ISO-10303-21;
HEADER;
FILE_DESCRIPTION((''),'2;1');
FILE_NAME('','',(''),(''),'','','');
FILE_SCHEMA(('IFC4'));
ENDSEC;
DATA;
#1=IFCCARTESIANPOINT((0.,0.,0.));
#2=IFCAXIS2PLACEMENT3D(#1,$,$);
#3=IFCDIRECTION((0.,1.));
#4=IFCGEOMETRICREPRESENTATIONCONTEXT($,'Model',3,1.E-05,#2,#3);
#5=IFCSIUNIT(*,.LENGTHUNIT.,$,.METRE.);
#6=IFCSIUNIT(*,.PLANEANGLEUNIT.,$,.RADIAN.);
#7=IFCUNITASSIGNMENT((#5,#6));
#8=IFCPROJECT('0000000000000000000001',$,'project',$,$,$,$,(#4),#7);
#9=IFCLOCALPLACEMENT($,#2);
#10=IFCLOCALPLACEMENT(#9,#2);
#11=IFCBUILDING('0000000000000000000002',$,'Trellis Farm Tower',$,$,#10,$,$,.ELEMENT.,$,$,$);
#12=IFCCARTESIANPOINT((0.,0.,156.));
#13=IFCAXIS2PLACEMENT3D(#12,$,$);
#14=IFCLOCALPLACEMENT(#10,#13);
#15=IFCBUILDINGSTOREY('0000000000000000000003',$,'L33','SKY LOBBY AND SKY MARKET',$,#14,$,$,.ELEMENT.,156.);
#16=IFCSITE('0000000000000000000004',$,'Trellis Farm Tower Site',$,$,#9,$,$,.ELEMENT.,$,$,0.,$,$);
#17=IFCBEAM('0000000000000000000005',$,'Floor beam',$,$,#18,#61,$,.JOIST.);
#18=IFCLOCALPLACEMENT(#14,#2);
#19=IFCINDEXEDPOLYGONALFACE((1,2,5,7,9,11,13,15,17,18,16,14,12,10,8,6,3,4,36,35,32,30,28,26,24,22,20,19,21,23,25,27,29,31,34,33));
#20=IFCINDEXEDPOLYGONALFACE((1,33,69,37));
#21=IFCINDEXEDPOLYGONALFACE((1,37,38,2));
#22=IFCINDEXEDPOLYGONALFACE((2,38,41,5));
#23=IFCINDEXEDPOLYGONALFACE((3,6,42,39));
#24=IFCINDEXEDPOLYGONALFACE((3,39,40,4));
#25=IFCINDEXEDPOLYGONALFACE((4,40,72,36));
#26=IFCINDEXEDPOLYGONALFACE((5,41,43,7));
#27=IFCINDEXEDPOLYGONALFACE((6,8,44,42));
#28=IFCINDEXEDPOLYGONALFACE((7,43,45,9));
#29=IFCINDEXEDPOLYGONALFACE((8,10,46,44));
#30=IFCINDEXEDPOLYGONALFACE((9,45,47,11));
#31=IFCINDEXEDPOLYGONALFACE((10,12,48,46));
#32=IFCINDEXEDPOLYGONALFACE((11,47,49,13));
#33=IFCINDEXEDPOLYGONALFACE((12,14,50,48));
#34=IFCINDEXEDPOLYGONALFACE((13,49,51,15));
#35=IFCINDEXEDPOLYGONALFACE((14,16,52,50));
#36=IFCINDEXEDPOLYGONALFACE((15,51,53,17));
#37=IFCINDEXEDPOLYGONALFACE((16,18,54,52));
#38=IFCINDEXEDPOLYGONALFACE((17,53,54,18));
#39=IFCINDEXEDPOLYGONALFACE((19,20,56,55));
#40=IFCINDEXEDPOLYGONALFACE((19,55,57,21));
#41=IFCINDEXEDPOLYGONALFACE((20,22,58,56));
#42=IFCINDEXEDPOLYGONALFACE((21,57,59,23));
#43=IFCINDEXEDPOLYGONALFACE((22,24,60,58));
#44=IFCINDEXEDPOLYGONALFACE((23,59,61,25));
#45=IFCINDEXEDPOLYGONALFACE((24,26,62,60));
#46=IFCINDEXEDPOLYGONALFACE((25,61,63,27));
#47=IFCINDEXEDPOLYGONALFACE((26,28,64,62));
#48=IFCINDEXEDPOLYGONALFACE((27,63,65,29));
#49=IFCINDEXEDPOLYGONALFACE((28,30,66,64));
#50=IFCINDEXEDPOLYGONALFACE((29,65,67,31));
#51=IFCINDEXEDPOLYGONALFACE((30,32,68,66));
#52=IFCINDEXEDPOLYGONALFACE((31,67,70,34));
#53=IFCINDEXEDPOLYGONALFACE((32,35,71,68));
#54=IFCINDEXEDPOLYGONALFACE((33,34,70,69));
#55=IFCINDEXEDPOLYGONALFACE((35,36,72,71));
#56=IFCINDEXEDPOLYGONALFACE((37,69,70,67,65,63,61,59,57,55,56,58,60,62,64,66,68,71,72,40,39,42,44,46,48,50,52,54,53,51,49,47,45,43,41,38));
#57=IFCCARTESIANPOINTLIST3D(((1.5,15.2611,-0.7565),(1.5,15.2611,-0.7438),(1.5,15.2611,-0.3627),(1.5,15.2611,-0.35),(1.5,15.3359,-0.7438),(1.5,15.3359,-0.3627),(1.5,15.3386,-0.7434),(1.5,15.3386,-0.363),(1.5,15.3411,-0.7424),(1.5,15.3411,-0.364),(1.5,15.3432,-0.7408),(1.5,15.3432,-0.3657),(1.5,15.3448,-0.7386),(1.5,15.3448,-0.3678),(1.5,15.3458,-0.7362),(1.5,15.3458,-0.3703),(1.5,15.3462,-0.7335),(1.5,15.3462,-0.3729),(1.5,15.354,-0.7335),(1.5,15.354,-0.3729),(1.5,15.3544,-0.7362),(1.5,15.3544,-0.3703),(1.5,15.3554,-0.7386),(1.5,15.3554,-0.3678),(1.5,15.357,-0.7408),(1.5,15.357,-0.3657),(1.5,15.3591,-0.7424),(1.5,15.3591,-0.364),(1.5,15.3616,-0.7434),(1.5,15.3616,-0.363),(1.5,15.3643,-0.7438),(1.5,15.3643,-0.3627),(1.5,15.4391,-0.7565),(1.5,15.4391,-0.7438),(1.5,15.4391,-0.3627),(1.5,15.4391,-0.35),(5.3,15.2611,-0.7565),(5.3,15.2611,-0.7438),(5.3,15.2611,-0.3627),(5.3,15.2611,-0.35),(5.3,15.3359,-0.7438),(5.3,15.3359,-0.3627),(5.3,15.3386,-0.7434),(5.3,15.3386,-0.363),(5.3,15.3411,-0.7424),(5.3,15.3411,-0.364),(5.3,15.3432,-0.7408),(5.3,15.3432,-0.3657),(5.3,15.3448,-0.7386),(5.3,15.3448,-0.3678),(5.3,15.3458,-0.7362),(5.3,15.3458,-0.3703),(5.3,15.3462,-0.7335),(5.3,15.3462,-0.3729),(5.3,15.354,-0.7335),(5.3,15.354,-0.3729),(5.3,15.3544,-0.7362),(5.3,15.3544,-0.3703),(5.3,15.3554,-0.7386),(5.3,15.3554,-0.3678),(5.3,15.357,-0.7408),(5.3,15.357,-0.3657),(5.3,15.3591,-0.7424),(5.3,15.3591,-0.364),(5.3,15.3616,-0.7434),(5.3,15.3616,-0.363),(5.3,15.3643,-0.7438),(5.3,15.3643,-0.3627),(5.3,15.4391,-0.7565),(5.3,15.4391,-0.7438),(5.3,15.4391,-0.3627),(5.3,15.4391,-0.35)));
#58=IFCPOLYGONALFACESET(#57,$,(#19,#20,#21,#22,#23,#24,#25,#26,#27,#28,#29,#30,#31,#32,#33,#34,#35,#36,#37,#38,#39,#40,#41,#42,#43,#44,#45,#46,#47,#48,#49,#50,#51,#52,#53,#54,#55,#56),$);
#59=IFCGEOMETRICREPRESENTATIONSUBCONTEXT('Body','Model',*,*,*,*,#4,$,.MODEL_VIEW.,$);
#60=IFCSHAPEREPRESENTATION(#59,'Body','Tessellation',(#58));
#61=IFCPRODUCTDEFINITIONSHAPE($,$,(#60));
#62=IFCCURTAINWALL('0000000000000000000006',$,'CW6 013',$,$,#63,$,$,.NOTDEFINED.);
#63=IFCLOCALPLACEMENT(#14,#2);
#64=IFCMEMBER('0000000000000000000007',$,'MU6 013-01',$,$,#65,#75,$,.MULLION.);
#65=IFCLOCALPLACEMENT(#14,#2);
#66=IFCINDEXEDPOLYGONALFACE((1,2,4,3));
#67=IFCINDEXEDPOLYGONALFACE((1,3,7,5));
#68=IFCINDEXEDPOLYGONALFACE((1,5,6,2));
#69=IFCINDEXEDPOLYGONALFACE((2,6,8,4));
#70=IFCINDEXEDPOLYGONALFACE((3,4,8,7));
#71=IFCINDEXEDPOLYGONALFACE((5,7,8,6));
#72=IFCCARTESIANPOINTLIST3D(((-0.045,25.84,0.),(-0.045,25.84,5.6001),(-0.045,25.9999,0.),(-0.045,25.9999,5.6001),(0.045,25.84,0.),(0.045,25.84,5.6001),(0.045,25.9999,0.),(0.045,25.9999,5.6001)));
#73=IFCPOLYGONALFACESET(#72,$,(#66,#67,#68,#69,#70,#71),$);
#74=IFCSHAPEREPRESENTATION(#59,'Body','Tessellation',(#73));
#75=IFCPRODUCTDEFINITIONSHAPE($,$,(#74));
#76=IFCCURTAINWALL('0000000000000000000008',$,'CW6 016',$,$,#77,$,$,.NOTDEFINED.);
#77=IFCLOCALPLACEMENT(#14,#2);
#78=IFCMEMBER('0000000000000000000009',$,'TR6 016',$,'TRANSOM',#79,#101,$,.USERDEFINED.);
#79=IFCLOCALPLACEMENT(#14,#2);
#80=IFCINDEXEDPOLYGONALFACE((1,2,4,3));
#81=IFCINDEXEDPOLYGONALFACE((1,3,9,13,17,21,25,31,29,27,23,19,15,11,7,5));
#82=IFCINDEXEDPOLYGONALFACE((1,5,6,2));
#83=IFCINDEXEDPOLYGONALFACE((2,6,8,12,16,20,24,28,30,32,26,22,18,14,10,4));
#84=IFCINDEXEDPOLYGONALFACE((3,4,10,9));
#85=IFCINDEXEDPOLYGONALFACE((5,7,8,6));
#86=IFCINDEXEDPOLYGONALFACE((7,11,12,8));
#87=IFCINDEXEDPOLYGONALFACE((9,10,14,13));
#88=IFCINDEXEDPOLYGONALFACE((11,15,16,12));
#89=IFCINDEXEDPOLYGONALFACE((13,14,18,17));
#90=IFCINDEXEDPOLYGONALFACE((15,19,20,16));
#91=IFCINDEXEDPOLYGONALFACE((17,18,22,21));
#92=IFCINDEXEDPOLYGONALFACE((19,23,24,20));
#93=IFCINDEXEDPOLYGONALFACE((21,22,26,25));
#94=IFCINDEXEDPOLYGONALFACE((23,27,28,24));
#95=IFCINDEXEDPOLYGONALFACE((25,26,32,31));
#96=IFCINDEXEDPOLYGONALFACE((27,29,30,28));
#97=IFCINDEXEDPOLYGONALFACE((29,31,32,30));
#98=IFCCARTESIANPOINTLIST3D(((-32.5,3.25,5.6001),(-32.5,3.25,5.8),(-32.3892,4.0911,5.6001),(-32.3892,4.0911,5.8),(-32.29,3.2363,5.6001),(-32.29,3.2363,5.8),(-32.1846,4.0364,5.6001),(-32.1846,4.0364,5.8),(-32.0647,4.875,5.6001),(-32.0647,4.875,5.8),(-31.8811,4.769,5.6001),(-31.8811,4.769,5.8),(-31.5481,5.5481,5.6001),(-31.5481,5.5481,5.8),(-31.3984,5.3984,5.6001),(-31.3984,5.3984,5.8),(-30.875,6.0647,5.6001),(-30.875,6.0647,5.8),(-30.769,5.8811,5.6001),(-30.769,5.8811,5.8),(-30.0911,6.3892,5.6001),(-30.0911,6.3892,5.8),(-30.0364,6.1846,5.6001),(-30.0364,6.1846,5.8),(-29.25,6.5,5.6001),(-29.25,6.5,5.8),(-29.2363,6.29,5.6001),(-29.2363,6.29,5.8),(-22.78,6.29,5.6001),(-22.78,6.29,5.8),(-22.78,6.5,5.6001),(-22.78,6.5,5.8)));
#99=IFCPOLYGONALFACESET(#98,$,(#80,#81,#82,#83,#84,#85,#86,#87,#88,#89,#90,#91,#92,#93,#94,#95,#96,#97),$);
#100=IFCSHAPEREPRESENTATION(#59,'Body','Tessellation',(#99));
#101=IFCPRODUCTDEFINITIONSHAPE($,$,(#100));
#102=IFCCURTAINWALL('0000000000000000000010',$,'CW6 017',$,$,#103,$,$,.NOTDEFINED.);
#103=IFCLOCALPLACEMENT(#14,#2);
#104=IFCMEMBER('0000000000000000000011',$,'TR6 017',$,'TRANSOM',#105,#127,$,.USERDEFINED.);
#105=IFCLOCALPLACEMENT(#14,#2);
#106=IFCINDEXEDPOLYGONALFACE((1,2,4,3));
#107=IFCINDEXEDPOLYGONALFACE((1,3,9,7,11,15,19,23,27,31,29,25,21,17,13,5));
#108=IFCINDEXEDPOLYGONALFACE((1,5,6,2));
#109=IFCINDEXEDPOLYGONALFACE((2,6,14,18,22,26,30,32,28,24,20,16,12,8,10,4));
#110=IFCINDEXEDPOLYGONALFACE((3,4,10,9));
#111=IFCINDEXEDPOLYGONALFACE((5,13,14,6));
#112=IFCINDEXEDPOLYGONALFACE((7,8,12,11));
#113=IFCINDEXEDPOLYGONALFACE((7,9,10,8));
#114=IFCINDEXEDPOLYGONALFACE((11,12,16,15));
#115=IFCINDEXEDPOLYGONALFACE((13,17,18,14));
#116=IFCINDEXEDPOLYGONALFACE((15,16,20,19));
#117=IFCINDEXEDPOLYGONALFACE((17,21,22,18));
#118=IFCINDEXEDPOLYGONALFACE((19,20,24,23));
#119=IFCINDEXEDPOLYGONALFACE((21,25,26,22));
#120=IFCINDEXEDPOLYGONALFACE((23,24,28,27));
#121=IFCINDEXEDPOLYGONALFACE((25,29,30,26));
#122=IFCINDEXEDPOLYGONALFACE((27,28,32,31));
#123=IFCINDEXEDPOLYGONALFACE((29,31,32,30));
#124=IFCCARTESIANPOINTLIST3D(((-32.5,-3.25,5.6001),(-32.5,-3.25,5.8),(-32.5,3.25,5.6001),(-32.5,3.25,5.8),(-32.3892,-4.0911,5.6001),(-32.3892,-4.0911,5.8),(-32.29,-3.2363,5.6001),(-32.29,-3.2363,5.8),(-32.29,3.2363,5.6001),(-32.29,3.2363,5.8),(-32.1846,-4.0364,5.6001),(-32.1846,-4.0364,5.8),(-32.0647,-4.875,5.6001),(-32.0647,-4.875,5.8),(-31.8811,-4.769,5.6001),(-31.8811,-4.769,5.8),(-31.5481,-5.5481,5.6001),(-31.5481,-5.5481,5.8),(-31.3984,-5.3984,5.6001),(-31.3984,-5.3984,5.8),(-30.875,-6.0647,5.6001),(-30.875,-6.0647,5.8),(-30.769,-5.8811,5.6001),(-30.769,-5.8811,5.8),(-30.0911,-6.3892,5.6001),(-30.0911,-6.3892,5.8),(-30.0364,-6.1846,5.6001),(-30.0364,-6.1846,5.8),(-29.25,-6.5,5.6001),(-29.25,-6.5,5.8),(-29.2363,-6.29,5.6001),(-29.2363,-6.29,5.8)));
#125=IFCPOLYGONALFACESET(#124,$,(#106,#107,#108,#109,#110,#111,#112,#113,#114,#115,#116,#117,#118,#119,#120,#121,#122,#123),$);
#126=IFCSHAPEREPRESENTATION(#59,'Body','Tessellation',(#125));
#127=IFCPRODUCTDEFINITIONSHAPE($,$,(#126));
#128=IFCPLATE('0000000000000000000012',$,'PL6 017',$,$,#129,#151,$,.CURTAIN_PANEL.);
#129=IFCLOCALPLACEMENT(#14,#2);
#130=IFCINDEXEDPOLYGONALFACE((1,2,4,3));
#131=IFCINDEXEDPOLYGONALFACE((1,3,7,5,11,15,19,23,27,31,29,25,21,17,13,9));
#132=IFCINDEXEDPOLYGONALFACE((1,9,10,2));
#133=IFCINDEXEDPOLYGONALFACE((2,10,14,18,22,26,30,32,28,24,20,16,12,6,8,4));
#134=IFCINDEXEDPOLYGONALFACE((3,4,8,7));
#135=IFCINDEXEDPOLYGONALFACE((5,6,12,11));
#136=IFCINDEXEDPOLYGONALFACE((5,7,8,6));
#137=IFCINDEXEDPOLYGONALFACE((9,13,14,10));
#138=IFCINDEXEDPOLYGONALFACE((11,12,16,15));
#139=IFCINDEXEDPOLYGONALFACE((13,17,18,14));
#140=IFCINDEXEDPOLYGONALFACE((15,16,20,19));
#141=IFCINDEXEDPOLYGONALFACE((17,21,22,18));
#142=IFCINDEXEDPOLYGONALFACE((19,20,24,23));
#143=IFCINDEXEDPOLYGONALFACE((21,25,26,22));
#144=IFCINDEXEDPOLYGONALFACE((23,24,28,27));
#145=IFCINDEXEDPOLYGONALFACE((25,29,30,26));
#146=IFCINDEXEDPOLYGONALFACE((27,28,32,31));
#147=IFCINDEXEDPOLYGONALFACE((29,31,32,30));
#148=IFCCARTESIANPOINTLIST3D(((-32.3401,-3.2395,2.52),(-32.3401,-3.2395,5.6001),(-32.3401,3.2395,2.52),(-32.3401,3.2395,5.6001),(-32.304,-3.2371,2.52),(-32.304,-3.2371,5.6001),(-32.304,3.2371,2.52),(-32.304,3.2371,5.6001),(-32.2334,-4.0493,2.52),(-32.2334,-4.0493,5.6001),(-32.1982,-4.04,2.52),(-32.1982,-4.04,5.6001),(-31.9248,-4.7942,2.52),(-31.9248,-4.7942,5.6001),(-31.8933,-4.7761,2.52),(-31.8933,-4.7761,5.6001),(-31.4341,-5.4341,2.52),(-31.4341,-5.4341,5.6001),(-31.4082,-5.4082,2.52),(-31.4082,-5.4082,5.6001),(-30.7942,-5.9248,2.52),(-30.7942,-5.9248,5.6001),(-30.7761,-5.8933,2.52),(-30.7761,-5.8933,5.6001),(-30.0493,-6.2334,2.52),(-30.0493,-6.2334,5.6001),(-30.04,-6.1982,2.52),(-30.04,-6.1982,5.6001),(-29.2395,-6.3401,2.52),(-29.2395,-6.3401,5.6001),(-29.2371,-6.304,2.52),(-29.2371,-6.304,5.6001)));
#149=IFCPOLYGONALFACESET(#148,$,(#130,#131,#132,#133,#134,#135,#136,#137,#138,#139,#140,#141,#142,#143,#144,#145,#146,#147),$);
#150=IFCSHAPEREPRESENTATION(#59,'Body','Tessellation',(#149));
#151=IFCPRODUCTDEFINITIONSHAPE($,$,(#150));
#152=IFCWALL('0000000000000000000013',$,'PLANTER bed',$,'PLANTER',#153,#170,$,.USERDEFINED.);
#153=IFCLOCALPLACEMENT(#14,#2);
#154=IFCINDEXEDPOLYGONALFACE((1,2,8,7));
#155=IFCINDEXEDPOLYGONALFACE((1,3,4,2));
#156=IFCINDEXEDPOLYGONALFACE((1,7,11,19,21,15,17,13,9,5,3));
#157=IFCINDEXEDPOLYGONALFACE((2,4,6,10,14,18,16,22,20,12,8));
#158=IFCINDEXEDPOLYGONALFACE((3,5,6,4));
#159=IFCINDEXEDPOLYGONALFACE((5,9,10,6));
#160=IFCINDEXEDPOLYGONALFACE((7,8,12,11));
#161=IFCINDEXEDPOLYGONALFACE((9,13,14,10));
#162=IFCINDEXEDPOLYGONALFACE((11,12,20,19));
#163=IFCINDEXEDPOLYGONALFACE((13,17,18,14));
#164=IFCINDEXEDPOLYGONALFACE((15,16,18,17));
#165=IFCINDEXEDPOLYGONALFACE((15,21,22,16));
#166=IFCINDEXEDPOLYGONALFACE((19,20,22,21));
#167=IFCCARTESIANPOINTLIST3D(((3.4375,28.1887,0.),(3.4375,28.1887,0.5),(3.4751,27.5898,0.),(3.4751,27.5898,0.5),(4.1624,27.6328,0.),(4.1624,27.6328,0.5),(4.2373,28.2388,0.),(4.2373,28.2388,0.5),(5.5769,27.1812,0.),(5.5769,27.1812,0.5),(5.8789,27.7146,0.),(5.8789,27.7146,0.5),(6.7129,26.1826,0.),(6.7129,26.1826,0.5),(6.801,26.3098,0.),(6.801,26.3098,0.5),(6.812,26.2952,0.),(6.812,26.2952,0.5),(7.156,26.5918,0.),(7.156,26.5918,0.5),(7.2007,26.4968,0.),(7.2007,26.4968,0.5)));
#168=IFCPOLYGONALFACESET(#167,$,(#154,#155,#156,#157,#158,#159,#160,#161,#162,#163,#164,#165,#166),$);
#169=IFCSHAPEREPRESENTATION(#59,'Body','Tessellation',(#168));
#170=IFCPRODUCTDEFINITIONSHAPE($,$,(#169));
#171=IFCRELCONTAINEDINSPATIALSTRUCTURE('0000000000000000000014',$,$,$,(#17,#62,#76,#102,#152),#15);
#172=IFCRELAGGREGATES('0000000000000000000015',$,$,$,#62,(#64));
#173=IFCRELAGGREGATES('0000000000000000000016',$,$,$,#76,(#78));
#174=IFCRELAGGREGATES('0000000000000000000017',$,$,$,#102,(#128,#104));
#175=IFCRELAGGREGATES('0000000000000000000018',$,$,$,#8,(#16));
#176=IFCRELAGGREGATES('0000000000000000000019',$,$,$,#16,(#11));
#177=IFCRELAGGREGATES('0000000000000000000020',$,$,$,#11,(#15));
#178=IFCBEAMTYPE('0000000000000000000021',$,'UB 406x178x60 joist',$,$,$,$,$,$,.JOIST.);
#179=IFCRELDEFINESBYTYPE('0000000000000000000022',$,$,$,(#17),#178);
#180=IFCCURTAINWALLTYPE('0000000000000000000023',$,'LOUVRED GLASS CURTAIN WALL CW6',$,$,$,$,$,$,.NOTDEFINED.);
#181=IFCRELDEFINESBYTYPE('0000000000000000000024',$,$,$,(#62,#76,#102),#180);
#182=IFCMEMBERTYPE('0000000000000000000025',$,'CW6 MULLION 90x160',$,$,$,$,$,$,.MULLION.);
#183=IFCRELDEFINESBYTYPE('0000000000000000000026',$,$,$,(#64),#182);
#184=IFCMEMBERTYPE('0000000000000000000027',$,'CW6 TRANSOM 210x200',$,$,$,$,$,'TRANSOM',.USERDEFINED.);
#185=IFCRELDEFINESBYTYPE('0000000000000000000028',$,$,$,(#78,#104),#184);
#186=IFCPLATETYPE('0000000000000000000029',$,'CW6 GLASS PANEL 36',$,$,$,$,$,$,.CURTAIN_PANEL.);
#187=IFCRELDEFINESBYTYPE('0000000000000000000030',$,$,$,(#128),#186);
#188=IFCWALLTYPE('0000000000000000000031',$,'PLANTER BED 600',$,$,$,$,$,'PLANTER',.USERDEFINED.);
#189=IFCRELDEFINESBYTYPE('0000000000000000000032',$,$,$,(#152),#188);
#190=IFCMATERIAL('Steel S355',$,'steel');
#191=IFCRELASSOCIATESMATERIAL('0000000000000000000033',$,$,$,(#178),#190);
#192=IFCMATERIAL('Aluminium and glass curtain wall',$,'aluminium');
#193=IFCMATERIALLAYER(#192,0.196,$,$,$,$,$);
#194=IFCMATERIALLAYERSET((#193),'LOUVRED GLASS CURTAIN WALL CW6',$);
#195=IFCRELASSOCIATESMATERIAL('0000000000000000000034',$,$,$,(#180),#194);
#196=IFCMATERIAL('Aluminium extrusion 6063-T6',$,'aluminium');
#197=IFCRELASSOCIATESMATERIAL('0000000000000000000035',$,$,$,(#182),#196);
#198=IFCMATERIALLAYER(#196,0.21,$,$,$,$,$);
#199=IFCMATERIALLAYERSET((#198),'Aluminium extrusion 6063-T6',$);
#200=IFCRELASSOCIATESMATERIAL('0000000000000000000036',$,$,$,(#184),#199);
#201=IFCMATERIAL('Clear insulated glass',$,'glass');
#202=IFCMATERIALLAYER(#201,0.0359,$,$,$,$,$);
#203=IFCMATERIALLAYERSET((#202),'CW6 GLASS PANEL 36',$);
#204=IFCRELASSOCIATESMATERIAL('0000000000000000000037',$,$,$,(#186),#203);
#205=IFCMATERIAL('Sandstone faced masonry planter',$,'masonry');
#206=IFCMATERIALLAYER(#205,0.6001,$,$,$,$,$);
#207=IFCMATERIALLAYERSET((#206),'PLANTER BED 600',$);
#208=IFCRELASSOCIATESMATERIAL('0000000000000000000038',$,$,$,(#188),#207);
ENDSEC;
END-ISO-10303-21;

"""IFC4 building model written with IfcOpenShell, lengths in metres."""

from ifc_helpers import new_model, si_unit, direction, frame, origin, origin_2d, place, context, subcontext, project, spatial, polyline, rectangle, i_section, outline, extrude, source, transform, mapped, material, layer, layer_set, material_profile, profile_set, type_object, element, aggregate, save


model = new_model("IFC4")

# Units and contexts
model_context = context("Model", 3, precision=1e-05, world=origin(), true_north=direction((0.0, 1.0)))
body_context = subcontext(model_context, "Body", "Model", "MODEL_VIEW")
ifc_project = project(units=[si_unit("LENGTHUNIT", "METRE"), si_unit("PLANEANGLEUNIT", "RADIAN")], contexts=[model_context])

# Site, building, storey
site_placement = place(None, origin())
site = spatial("IfcSite", under=ifc_project, at=site_placement, Name="Trellis Farm Tower Site", CompositionType="ELEMENT", RefElevation=0.0)
building_placement = place(site_placement, origin())
building = spatial("IfcBuilding", under=site, at=building_placement, Name="Trellis Farm Tower", CompositionType="ELEMENT")
storey_placement = place(building_placement, frame((0.0, 0.0, 156.0)))
storey = spatial("IfcBuildingStorey", under=building, at=storey_placement, Name="L33", Description="SKY LOBBY AND SKY MARKET", CompositionType="ELEMENT", Elevation=156.0)

# Beam
ifc_material_1 = material(Name="Steel S355", Category="steel")
ifc_material_profile_1 = material_profile(ifc_material_1, i_section(OverallWidth=0.178, OverallDepth=0.4065, WebThickness=0.0078, FlangeThickness=0.0127, FilletRadius=0.0103, at=origin_2d()), Name="UB 406x178x60")
ifc_profile_set_1 = profile_set([ifc_material_profile_1], Name="Steel S355")
beam_type = type_object("IfcBeamType", Name="UB 406x178x60 joist", PredefinedType="JOIST", material=ifc_profile_set_1)
shared_shape_1 = source(origin(), body_context, "Body", "SweptSolid", [
    extrude(i_section(OverallWidth=0.178, OverallDepth=0.4065, WebThickness=0.0078, FlangeThickness=0.0127, FilletRadius=0.0103, at=origin_2d()), origin(), (0.0, 0.0, 1.0), 3.8),
])
beam_placement = place(storey_placement, frame((1.5, 15.3501, -0.5532), z_axis=(1.0, 0.0, 0.0), x_axis=(0.0, 1.0, 0.0)))
element("IfcBeam", 1, at=beam_placement, inside=storey, type_object=beam_type, Name="Floor beam", PredefinedType="JOIST", context=body_context, shape_type="MappedRepresentation", body=[
    mapped(shared_shape_1, transform((0.0, 0.0, 0.0))),
])

# Curtain walls, members
ifc_material_2 = material(Name="Aluminium and glass curtain wall", Category="aluminium")
ifc_layer_1 = layer(ifc_material_2, 0.196)
ifc_layer_set_1 = layer_set([ifc_layer_1], Name="LOUVRED GLASS CURTAIN WALL CW6")
curtain_wall_type = type_object("IfcCurtainWallType", Name="LOUVRED GLASS CURTAIN WALL CW6", PredefinedType="NOTDEFINED", material=ifc_layer_set_1)
placement_1 = place(storey_placement, origin())
curtain_wall_1 = element("IfcCurtainWall", 2, at=placement_1, inside=storey, type_object=curtain_wall_type, Name="CW6 013", PredefinedType="NOTDEFINED")
ifc_material_3 = material(Name="Aluminium extrusion 6063-T6", Category="aluminium")
ifc_material_profile_2 = material_profile(ifc_material_3, rectangle(XDim=0.0901, YDim=0.1599, at=origin_2d()), Name="MULLION 90x160")
ifc_profile_set_2 = profile_set([ifc_material_profile_2], Name="Aluminium extrusion 6063-T6")
member_type_1 = type_object("IfcMemberType", Name="CW6 MULLION 90x160", PredefinedType="MULLION", material=ifc_profile_set_2)
shared_shape_2 = source(origin(), body_context, "Body", "SweptSolid", [
    extrude(rectangle(XDim=0.0901, YDim=0.1599, at=origin_2d()), origin(), (0.0, 0.0, 1.0), 5.6001),
])
member_1_placement = place(storey_placement, frame((0.0, 25.9199, 0.0), z_axis=(0.0, 0.0, 1.0), x_axis=(-1.0, 0.0, 0.0)))
member_1 = element("IfcMember", 3, at=member_1_placement, type_object=member_type_1, Name="MU6 013-01", PredefinedType="MULLION", context=body_context, shape_type="MappedRepresentation", body=[
    mapped(shared_shape_2, transform((0.0, 0.0, 0.0))),
])
aggregate(curtain_wall_1, [member_1])
curtain_wall_2 = element("IfcCurtainWall", 4, at=placement_1, inside=storey, type_object=curtain_wall_type, Name="CW6 016", PredefinedType="NOTDEFINED")
ifc_layer_2 = layer(ifc_material_3, 0.21)
ifc_layer_set_2 = layer_set([ifc_layer_2], Name="Aluminium extrusion 6063-T6")
member_type_2 = type_object("IfcMemberType", Name="CW6 TRANSOM 210x200", ElementType="TRANSOM", PredefinedType="USERDEFINED", material=ifc_layer_set_2)
shared_shape_3 = source(origin(), body_context, "Body", "SweptSolid", [
    extrude(outline(polyline([(-22.78, 6.5), (-29.25, 6.5), (-30.0911, 6.3892), (-30.875, 6.0647), (-31.5481, 5.5481), (-32.0647, 4.875), (-32.3892, 4.0911), (-32.5, 3.25), (-32.29, 3.2363), (-32.1846, 4.0364), (-31.8811, 4.769), (-31.3984, 5.3984), (-30.769, 5.8811), (-30.0364, 6.1846), (-29.2363, 6.29), (-22.78, 6.29), (-22.78, 6.5)])), origin(), (0.0, 0.0, 1.0), 0.2),
])
placement_2 = place(storey_placement, frame((0.0, 0.0, 5.6001)))
member_2 = element("IfcMember", 5, at=placement_2, type_object=member_type_2, Name="TR6 016", ObjectType="TRANSOM", PredefinedType="USERDEFINED", context=body_context, shape_type="MappedRepresentation", body=[
    mapped(shared_shape_3, transform((0.0, 0.0, 0.0))),
])

# Curtain wall, member, plate
curtain_wall_3 = element("IfcCurtainWall", 6, at=placement_1, inside=storey, type_object=curtain_wall_type, Name="CW6 017", PredefinedType="NOTDEFINED")
shared_shape_4 = source(origin(), body_context, "Body", "SweptSolid", [
    extrude(outline(polyline([(-32.5, 3.25), (-32.5, -3.25), (-32.3892, -4.0911), (-32.0647, -4.875), (-31.5481, -5.5481), (-30.875, -6.0647), (-30.0911, -6.3892), (-29.25, -6.5), (-29.2363, -6.29), (-30.0364, -6.1846), (-30.769, -5.8811), (-31.3984, -5.3984), (-31.8811, -4.769), (-32.1846, -4.0364), (-32.29, -3.2363), (-32.29, 3.2363), (-32.5, 3.25)])), origin(), (0.0, 0.0, 1.0), 0.2),
])
member_3 = element("IfcMember", 7, at=placement_2, type_object=member_type_2, Name="TR6 017", ObjectType="TRANSOM", PredefinedType="USERDEFINED", context=body_context, shape_type="MappedRepresentation", body=[
    mapped(shared_shape_4, transform((0.0, 0.0, 0.0))),
])
ifc_material_4 = material(Name="Clear insulated glass", Category="glass")
ifc_layer_3 = layer(ifc_material_4, 0.0359)
ifc_layer_set_3 = layer_set([ifc_layer_3], Name="CW6 GLASS PANEL 36")
plate_type = type_object("IfcPlateType", Name="CW6 GLASS PANEL 36", PredefinedType="CURTAIN_PANEL", material=ifc_layer_set_3)
plate_placement = place(storey_placement, frame((0.0, 0.0, 2.52)))
plate = element("IfcPlate", 8, at=plate_placement, type_object=plate_type, Name="PL6 017", PredefinedType="CURTAIN_PANEL", context=body_context, shape_type="SweptSolid", body=[
    extrude(outline(polyline([(-32.3401, 3.2395), (-32.3401, -3.2395), (-32.2334, -4.0493), (-31.9248, -4.7942), (-31.4341, -5.4341), (-30.7942, -5.9248), (-30.0493, -6.2334), (-29.2395, -6.3401), (-29.2371, -6.304), (-30.04, -6.1982), (-30.7761, -5.8933), (-31.4082, -5.4082), (-31.8933, -4.7761), (-32.1982, -4.04), (-32.304, -3.2371), (-32.304, 3.2371), (-32.3401, 3.2395)])), origin(), (0.0, 0.0, 1.0), 3.0801),
])

# Wall
ifc_material_5 = material(Name="Sandstone faced masonry planter", Category="masonry")
ifc_layer_4 = layer(ifc_material_5, 0.6001)
ifc_layer_set_4 = layer_set([ifc_layer_4], Name="PLANTER BED 600")
wall_type_1 = type_object("IfcWallType", Name="PLANTER BED 600", ElementType="PLANTER", PredefinedType="USERDEFINED", material=ifc_layer_set_4)
element("IfcWall", 9, at=placement_1, inside=storey, type_object=wall_type_1, Name="PLANTER bed", ObjectType="PLANTER", PredefinedType="USERDEFINED", context=body_context, shape_type="SweptSolid", body=[
    extrude(outline(polyline([(4.2373, 28.2388), (5.8789, 27.7146), (7.156, 26.5918), (7.2007, 26.4968), (6.801, 26.3098), (6.812, 26.2952), (6.7129, 26.1826), (5.5769, 27.1812), (4.1624, 27.6328), (3.4751, 27.5898), (3.4375, 28.1887), (4.2373, 28.2388)])), origin(), (0.0, 0.0, 1.0), 0.5),
])

aggregate(curtain_wall_2, [member_2])
aggregate(curtain_wall_3, [plate, member_3])

save(model, "model.ifc")
